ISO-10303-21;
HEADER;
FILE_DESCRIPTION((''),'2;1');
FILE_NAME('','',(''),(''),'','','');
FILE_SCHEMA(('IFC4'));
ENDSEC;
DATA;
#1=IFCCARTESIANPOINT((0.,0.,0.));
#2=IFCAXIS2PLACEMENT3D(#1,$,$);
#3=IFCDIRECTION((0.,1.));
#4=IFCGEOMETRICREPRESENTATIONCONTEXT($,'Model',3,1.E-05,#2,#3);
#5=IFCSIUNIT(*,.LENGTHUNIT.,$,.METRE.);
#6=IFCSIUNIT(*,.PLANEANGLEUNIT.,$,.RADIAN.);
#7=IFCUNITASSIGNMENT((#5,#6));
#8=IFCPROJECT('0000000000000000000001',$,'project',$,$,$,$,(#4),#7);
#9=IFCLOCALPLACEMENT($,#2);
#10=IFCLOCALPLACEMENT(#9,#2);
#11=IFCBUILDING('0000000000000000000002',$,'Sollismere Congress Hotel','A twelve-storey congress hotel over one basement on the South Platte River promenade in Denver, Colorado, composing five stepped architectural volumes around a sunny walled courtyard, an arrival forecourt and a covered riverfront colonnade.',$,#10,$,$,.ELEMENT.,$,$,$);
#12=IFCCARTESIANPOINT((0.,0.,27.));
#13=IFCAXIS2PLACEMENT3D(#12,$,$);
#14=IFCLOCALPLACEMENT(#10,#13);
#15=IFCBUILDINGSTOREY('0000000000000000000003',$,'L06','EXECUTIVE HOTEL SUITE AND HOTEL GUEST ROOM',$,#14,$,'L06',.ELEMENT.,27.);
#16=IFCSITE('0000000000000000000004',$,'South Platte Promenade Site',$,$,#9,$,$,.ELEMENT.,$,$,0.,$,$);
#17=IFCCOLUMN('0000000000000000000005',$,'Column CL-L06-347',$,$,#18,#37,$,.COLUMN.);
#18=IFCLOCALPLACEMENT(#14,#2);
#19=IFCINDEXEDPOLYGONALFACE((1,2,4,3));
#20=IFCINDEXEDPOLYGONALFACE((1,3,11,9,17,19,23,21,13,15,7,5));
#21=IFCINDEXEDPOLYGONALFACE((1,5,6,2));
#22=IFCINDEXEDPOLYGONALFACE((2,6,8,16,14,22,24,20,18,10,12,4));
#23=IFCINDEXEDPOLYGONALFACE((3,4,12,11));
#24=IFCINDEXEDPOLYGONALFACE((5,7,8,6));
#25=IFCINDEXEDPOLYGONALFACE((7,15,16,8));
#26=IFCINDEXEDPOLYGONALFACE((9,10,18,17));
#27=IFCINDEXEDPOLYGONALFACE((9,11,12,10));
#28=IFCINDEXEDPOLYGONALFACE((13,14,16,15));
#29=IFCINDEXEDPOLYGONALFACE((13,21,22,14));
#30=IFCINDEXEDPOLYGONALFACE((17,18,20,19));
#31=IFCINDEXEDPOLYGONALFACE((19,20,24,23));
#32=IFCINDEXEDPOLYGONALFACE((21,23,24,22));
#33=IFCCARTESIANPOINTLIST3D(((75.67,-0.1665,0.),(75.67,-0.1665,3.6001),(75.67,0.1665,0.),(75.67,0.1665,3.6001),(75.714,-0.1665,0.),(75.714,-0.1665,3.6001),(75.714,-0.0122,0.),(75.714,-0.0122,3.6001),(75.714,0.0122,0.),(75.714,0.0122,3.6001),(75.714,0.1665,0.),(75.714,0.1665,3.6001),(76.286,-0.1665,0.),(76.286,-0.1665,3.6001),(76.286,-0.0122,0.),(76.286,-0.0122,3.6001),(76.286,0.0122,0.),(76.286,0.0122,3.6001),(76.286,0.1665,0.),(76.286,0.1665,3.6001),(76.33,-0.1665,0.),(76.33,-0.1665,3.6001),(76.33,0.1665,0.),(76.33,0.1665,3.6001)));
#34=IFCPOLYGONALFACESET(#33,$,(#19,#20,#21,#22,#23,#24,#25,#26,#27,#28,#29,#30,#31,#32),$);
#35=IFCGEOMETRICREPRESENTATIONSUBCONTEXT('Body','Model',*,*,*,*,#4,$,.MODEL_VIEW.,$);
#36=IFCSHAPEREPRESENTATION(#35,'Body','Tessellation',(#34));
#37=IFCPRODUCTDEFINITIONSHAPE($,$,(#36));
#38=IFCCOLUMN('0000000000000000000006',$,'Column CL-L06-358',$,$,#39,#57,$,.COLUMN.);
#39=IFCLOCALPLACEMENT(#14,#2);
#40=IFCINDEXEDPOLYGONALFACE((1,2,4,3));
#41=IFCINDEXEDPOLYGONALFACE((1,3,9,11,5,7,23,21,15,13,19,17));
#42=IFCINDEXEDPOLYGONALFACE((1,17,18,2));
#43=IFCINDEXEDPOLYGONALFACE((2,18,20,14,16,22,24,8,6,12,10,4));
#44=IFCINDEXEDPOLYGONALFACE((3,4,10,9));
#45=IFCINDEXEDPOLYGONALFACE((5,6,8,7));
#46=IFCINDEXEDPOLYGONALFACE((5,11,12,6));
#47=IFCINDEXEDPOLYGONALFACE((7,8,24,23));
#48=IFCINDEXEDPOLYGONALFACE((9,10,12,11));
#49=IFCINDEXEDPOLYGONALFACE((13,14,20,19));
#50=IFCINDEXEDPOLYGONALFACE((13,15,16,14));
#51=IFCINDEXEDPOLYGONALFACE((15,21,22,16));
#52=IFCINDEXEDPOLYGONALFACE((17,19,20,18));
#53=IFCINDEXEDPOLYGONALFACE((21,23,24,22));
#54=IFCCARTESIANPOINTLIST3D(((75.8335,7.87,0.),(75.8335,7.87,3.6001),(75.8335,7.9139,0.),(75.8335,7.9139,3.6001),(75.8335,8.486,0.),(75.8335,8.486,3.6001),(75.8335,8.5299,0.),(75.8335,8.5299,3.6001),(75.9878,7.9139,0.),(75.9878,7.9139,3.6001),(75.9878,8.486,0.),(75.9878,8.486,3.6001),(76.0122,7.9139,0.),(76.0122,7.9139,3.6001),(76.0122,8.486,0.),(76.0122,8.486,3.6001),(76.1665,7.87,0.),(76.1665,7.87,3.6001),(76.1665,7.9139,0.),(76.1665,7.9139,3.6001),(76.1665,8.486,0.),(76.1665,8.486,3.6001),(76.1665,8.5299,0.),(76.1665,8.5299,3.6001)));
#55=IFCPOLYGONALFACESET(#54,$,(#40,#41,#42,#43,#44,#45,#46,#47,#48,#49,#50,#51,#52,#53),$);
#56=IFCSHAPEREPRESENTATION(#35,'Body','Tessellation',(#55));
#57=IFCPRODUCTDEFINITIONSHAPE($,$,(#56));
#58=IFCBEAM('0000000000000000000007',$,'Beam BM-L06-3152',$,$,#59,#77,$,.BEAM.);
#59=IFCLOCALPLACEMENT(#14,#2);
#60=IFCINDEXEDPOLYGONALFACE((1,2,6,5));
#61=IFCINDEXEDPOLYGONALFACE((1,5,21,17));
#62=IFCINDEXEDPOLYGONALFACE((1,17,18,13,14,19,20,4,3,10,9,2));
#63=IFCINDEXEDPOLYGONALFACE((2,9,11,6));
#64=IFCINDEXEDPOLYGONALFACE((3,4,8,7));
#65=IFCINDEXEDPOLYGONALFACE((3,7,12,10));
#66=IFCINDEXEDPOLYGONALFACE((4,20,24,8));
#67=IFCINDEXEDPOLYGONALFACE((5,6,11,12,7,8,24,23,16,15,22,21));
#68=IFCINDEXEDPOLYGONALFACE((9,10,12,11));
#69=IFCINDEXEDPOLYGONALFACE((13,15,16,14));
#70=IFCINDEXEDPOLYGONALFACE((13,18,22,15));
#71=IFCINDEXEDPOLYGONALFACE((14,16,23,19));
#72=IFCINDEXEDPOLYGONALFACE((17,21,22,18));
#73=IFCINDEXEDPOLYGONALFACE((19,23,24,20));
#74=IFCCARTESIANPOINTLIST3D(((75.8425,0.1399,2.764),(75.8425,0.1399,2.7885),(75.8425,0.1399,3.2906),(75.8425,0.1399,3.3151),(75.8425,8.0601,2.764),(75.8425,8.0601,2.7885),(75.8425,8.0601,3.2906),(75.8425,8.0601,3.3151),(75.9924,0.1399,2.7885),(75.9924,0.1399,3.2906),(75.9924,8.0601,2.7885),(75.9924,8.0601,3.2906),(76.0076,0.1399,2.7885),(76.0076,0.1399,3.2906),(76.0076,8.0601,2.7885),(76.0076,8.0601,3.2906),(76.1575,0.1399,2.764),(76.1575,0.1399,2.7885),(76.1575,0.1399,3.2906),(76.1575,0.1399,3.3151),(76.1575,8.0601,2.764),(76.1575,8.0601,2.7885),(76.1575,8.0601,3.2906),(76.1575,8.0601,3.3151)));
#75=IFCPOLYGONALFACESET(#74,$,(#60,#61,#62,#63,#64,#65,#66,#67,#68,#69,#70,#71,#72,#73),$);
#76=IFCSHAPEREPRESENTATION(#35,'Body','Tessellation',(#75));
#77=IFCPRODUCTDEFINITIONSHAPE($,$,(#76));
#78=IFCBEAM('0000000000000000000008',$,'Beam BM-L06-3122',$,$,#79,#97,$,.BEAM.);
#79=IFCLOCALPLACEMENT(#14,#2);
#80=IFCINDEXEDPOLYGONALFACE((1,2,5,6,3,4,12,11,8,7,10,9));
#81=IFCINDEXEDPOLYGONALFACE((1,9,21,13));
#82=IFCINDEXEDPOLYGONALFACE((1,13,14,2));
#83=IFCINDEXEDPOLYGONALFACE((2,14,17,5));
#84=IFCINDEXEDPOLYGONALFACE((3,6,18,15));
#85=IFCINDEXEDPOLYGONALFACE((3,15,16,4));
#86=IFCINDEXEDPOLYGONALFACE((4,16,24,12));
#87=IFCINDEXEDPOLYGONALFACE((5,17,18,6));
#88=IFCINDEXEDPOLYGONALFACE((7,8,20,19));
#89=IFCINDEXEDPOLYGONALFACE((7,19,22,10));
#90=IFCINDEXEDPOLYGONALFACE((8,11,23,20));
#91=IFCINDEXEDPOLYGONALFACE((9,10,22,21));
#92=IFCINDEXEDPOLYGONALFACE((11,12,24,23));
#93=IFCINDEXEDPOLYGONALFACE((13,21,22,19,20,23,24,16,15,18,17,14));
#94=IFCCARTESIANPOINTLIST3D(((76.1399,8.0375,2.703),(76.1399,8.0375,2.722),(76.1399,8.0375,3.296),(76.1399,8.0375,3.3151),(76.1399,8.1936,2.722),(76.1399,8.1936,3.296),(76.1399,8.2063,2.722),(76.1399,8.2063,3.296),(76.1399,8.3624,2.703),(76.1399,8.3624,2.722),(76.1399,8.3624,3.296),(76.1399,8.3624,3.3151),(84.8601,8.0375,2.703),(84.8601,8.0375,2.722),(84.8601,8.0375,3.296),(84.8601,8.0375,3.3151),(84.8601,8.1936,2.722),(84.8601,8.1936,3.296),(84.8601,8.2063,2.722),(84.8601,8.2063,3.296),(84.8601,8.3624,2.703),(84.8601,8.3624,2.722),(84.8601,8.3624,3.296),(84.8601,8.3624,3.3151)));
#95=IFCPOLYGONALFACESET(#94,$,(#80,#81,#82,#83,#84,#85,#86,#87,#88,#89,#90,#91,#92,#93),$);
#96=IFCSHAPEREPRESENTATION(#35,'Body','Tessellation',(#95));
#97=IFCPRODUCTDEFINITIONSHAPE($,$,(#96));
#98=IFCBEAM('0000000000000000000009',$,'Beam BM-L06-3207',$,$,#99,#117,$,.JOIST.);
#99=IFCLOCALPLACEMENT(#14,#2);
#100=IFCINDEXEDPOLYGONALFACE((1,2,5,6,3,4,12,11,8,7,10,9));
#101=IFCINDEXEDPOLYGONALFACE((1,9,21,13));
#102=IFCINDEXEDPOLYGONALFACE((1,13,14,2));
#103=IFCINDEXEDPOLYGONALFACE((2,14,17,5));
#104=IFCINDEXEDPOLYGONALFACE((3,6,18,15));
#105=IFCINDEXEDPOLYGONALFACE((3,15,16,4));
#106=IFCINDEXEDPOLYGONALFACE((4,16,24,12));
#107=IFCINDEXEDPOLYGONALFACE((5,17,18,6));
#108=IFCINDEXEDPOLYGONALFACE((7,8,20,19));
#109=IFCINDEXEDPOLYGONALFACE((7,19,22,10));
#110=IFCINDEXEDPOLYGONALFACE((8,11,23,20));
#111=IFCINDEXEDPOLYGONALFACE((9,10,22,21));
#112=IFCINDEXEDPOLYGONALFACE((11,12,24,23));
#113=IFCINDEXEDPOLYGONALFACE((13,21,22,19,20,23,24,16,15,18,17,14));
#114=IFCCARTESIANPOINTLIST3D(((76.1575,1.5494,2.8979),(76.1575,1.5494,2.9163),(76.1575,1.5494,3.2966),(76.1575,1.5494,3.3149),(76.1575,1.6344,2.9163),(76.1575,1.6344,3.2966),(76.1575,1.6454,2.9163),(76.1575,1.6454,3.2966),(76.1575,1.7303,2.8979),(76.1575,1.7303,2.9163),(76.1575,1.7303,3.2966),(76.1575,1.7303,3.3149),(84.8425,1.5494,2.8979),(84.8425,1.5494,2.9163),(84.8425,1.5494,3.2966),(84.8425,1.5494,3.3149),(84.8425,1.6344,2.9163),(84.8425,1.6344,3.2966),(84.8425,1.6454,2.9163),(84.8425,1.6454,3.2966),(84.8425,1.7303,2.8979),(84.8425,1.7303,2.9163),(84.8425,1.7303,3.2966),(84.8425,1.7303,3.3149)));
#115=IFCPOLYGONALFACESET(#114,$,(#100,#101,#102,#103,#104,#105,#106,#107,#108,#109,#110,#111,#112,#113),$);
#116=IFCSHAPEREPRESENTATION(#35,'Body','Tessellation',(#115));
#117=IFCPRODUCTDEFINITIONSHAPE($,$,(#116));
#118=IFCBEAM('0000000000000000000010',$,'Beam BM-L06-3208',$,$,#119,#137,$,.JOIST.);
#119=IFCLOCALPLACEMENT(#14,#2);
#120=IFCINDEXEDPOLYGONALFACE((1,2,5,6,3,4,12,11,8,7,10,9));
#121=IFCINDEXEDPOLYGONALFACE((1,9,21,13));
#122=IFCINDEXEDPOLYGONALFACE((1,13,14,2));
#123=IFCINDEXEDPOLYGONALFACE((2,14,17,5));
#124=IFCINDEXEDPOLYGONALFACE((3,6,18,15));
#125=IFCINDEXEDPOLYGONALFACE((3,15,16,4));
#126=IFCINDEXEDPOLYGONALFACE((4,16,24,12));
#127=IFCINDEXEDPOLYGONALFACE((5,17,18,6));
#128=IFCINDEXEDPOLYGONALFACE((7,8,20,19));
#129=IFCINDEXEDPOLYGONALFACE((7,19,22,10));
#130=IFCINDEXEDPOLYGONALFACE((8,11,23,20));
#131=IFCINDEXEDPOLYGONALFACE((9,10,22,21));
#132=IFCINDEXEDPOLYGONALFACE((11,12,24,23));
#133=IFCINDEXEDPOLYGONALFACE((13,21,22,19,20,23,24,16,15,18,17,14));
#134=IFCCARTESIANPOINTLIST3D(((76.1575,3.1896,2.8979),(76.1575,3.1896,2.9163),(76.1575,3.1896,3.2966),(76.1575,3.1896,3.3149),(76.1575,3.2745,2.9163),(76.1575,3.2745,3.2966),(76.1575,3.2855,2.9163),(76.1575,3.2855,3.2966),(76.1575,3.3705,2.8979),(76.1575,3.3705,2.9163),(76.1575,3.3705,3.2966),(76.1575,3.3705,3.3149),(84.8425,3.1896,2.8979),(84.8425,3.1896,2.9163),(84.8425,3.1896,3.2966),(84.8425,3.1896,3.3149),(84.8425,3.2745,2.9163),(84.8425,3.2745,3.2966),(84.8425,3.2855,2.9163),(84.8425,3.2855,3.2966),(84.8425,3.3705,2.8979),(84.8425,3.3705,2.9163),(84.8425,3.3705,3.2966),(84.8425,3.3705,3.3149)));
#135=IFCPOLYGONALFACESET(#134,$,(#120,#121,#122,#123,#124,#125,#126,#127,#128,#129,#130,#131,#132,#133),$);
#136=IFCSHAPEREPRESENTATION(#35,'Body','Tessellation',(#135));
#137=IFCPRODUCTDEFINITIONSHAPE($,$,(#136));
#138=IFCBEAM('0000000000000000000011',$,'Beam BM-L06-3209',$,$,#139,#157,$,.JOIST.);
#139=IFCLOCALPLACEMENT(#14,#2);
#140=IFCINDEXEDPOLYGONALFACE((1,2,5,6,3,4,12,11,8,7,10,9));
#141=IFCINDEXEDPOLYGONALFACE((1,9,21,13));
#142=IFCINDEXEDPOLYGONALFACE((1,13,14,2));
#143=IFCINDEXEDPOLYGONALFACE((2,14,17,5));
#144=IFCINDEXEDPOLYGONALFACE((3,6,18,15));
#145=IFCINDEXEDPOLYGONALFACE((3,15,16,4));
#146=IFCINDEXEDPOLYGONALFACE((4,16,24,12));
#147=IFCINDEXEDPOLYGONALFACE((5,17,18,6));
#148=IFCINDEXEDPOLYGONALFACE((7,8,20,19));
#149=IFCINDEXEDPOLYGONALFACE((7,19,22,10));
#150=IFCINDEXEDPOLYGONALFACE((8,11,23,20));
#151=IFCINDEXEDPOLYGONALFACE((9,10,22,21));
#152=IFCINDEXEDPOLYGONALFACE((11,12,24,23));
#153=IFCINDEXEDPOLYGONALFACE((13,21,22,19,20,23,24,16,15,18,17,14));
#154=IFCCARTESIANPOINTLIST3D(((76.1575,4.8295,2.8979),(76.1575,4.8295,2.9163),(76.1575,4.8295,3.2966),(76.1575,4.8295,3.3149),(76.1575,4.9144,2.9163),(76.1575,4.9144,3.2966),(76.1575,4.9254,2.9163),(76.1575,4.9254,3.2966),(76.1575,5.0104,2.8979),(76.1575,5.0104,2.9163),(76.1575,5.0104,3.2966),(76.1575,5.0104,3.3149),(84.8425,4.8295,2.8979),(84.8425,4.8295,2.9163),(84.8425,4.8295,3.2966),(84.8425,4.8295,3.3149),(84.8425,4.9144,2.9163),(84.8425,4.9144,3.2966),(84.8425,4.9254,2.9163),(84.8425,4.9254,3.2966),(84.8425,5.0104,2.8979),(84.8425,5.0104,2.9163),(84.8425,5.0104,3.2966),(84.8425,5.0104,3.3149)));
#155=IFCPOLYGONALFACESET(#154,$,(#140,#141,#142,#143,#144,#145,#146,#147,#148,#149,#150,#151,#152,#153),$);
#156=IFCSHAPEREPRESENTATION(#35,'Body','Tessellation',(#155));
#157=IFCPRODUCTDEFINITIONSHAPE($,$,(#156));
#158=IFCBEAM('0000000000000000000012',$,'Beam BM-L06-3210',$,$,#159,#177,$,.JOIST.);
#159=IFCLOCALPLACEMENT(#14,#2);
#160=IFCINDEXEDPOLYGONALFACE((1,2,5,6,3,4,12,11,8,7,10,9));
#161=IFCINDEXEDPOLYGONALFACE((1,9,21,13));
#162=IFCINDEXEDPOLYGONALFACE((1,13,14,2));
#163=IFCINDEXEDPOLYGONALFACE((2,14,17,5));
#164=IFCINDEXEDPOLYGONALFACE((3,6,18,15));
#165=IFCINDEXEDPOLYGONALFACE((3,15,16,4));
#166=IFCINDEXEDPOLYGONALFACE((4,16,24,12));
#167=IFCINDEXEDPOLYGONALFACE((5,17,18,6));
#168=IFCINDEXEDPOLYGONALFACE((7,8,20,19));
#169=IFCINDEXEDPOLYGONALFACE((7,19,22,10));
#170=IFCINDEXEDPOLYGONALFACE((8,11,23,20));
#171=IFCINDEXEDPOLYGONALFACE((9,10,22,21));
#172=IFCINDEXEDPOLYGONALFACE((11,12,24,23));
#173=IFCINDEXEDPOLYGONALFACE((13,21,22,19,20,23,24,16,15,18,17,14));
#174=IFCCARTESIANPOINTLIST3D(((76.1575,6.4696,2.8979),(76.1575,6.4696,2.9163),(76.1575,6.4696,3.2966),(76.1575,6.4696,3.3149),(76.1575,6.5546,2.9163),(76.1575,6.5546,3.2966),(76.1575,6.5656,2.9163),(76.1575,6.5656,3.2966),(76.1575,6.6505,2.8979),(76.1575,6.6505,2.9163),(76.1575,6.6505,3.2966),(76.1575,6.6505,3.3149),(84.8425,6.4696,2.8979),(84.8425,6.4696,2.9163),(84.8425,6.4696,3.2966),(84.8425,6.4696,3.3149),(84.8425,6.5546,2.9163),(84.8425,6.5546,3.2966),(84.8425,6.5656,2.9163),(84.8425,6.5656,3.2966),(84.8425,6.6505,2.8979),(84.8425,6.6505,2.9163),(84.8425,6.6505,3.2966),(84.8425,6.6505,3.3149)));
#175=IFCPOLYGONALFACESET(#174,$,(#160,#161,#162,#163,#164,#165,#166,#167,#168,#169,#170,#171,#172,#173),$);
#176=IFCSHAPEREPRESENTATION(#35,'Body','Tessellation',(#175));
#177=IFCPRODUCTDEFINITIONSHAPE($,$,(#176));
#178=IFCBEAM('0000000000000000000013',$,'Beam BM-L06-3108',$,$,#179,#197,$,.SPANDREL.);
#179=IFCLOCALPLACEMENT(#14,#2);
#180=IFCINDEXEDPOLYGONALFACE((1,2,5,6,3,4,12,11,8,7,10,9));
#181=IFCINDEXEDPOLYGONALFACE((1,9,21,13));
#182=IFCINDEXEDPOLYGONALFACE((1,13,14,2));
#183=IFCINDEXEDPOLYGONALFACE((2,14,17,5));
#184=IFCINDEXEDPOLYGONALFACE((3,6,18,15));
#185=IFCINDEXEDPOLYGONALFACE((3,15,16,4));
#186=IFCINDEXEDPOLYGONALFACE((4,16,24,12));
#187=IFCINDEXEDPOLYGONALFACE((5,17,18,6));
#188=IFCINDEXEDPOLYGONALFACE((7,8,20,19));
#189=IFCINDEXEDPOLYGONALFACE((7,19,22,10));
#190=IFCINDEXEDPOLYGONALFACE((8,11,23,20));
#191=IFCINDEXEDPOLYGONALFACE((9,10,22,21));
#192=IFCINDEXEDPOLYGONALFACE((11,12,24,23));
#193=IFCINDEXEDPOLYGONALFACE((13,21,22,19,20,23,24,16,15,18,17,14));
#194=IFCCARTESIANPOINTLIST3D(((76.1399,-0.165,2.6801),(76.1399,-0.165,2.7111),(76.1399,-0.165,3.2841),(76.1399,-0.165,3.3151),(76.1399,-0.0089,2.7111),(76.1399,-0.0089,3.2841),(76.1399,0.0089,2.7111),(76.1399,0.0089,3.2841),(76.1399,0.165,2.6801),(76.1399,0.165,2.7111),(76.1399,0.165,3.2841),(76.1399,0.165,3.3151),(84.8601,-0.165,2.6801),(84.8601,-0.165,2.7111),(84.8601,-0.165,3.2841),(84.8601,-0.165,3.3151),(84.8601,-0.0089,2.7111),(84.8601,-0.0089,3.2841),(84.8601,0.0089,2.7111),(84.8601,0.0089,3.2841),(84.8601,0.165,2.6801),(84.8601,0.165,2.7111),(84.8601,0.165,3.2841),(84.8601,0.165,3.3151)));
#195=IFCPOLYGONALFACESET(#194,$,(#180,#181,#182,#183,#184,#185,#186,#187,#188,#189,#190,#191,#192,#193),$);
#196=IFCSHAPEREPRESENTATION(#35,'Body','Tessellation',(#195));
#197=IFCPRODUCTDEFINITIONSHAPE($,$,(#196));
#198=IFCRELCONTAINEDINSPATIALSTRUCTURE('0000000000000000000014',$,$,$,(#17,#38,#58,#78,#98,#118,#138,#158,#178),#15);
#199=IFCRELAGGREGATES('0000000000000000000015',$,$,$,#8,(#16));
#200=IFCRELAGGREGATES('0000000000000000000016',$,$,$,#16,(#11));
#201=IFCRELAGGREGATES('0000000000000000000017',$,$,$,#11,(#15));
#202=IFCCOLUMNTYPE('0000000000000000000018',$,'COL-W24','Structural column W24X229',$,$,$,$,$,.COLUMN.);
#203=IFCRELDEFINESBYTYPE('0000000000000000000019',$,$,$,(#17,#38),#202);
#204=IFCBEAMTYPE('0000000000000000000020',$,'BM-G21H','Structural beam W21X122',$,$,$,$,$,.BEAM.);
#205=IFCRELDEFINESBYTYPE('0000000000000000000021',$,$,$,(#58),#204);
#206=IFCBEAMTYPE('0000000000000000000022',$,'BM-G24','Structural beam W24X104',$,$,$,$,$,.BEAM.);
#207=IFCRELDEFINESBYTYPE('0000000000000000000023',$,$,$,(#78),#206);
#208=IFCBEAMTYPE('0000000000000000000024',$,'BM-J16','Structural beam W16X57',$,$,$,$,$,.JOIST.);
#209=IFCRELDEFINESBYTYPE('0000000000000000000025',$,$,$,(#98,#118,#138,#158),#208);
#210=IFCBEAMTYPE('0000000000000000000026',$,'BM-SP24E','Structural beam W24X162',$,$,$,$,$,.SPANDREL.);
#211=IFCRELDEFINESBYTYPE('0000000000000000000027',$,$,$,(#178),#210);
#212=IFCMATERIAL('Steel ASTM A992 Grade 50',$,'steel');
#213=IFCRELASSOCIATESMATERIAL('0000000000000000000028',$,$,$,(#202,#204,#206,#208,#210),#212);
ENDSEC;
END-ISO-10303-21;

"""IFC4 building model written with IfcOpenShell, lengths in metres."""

from ifc_helpers import new_model, si_unit, direction, frame, origin, origin_2d, place, context, subcontext, project, spatial, i_section, extrude, material, material_profile, profile_set, type_object, element, save


model = new_model("IFC4")

# Units and contexts
model_context = context("Model", 3, precision=1e-05, world=origin(), true_north=direction((0.0, 1.0)))
body_context = subcontext(model_context, "Body", "Model", "MODEL_VIEW")
ifc_project = project(units=[si_unit("LENGTHUNIT", "METRE"), si_unit("PLANEANGLEUNIT", "RADIAN")], contexts=[model_context])

# Site, building, storey
site_placement = place(None, origin())
site = spatial("IfcSite", under=ifc_project, at=site_placement, Name="South Platte Promenade Site", CompositionType="ELEMENT", RefElevation=0.0)
building_placement = place(site_placement, origin())
building = spatial("IfcBuilding", under=site, at=building_placement, Name="Sollismere Congress Hotel", Description="A twelve-storey congress hotel over one basement on the South Platte River promenade in Denver, Colorado, composing five stepped architectural volumes around a sunny walled courtyard, an arrival forecourt and a covered riverfront colonnade.", CompositionType="ELEMENT")
storey_placement = place(building_placement, frame((0.0, 0.0, 27.0)))
storey = spatial("IfcBuildingStorey", under=building, at=storey_placement, Name="L06", Description="EXECUTIVE HOTEL SUITE AND HOTEL GUEST ROOM", LongName="L06", CompositionType="ELEMENT", Elevation=27.0)

# Columns
ifc_material_1 = material(Name="Steel ASTM A992 Grade 50", Category="steel")
ifc_material_profile_1 = material_profile(ifc_material_1, i_section(OverallWidth=0.333, OverallDepth=0.6599, WebThickness=0.0244, FlangeThickness=0.0439, at=origin_2d()), Name="W24X229")
ifc_profile_set_1 = profile_set([ifc_material_profile_1], Name="Steel ASTM A992 Grade 50")
column_type = type_object("IfcColumnType", Name="COL-W24", Description="Structural column W24X229", PredefinedType="COLUMN", material=ifc_profile_set_1)
for number, where, z_axis, x_axis, name in (
    (1, (76.0, 0.0, 0.0), (0.0, 0.0, 1.0), (0.0, 1.0, 0.0), "Column CL-L06-347"),
    (2, (76.0, 8.2, 0.0), (0.0, 0.0, 1.0), (1.0, 0.0, 0.0), "Column CL-L06-358"),
):
    element("IfcColumn", number, at=place(storey_placement, frame(where, z_axis=z_axis, x_axis=x_axis)), inside=storey, type_object=column_type, Name=name, PredefinedType="COLUMN", context=body_context, shape_type="SweptSolid", body=[
        extrude(i_section(OverallWidth=0.333, OverallDepth=0.6599, WebThickness=0.0244, FlangeThickness=0.0439, at=origin_2d()), origin(), (0.0, 0.0, 1.0), 3.6001),
    ])

# Beams
ifc_material_profile_2 = material_profile(ifc_material_1, i_section(OverallWidth=0.3149, OverallDepth=0.551, WebThickness=0.0151, FlangeThickness=0.0244, at=origin_2d()), Name="W21X122")
ifc_profile_set_2 = profile_set([ifc_material_profile_2], Name="Steel ASTM A992 Grade 50")
beam_type_1 = type_object("IfcBeamType", Name="BM-G21H", Description="Structural beam W21X122", PredefinedType="BEAM", material=ifc_profile_set_2)
beam_1_placement = place(storey_placement, frame((76.0, 0.1399, 3.0396), z_axis=(0.0, 1.0, 0.0), x_axis=(-1.0, 0.0, 0.0)))
element("IfcBeam", 3, at=beam_1_placement, inside=storey, type_object=beam_type_1, Name="Beam BM-L06-3152", PredefinedType="BEAM", context=body_context, shape_type="SweptSolid", body=[
    extrude(i_section(OverallWidth=0.3149, OverallDepth=0.551, WebThickness=0.0151, FlangeThickness=0.0244, at=origin_2d()), origin(), (0.0, 0.0, 1.0), 7.9202),
])
ifc_material_profile_3 = material_profile(ifc_material_1, i_section(OverallWidth=0.325, OverallDepth=0.6121, WebThickness=0.0127, FlangeThickness=0.019, at=origin_2d()), Name="W24X104")
ifc_profile_set_3 = profile_set([ifc_material_profile_3], Name="Steel ASTM A992 Grade 50")
beam_type_2 = type_object("IfcBeamType", Name="BM-G24", Description="Structural beam W24X104", PredefinedType="BEAM", material=ifc_profile_set_3)
beam_2_placement = place(storey_placement, frame((76.1399, 8.2, 3.009), z_axis=(1.0, 0.0, 0.0), x_axis=(0.0, 1.0, 0.0)))
element("IfcBeam", 4, at=beam_2_placement, inside=storey, type_object=beam_type_2, Name="Beam BM-L06-3122", PredefinedType="BEAM", context=body_context, shape_type="SweptSolid", body=[
    extrude(i_section(OverallWidth=0.325, OverallDepth=0.6121, WebThickness=0.0127, FlangeThickness=0.019, at=origin_2d()), origin(), (0.0, 0.0, 1.0), 8.7202),
])
ifc_material_profile_4 = material_profile(ifc_material_1, i_section(OverallWidth=0.1809, OverallDepth=0.417, WebThickness=0.011, FlangeThickness=0.0183, at=origin_2d()), Name="W16X57")
ifc_profile_set_4 = profile_set([ifc_material_profile_4], Name="Steel ASTM A992 Grade 50")
beam_type_3 = type_object("IfcBeamType", Name="BM-J16", Description="Structural beam W16X57", PredefinedType="JOIST", material=ifc_profile_set_4)
for number, where, z_axis, x_axis, name in (
    (5, (76.1575, 1.6399, 3.1064), (1.0, 0.0, 0.0), (0.0, 1.0, 0.0), "Beam BM-L06-3207"),
    (6, (76.1575, 3.28, 3.1064), (1.0, 0.0, 0.0), (0.0, 1.0, 0.0), "Beam BM-L06-3208"),
    (7, (76.1575, 4.9199, 3.1064), (1.0, 0.0, 0.0), (0.0, 1.0, 0.0), "Beam BM-L06-3209"),
    (8, (76.1575, 6.5601, 3.1064), (1.0, 0.0, 0.0), (0.0, 1.0, 0.0), "Beam BM-L06-3210"),
):
    element("IfcBeam", number, at=place(storey_placement, frame(where, z_axis=z_axis, x_axis=x_axis)), inside=storey, type_object=beam_type_3, Name=name, PredefinedType="JOIST", context=body_context, shape_type="SweptSolid", body=[
        extrude(i_section(OverallWidth=0.1809, OverallDepth=0.417, WebThickness=0.011, FlangeThickness=0.0183, at=origin_2d()), origin(), (0.0, 0.0, 1.0), 8.6851),
    ])
ifc_material_profile_5 = material_profile(ifc_material_1, i_section(OverallWidth=0.3301, OverallDepth=0.635, WebThickness=0.0178, FlangeThickness=0.031, at=origin_2d()), Name="W24X162")
ifc_profile_set_5 = profile_set([ifc_material_profile_5], Name="Steel ASTM A992 Grade 50")
beam_type_4 = type_object("IfcBeamType", Name="BM-SP24E", Description="Structural beam W24X162", PredefinedType="SPANDREL", material=ifc_profile_set_5)
beam_3_placement = place(storey_placement, frame((76.1399, 0.0, 2.9976), z_axis=(1.0, 0.0, 0.0), x_axis=(0.0, 1.0, 0.0)))
element("IfcBeam", 9, at=beam_3_placement, inside=storey, type_object=beam_type_4, Name="Beam BM-L06-3108", PredefinedType="SPANDREL", context=body_context, shape_type="SweptSolid", body=[
    extrude(i_section(OverallWidth=0.3301, OverallDepth=0.635, WebThickness=0.0178, FlangeThickness=0.031, at=origin_2d()), origin(), (0.0, 0.0, 1.0), 8.7202),
])

save(model, "model.ifc")
